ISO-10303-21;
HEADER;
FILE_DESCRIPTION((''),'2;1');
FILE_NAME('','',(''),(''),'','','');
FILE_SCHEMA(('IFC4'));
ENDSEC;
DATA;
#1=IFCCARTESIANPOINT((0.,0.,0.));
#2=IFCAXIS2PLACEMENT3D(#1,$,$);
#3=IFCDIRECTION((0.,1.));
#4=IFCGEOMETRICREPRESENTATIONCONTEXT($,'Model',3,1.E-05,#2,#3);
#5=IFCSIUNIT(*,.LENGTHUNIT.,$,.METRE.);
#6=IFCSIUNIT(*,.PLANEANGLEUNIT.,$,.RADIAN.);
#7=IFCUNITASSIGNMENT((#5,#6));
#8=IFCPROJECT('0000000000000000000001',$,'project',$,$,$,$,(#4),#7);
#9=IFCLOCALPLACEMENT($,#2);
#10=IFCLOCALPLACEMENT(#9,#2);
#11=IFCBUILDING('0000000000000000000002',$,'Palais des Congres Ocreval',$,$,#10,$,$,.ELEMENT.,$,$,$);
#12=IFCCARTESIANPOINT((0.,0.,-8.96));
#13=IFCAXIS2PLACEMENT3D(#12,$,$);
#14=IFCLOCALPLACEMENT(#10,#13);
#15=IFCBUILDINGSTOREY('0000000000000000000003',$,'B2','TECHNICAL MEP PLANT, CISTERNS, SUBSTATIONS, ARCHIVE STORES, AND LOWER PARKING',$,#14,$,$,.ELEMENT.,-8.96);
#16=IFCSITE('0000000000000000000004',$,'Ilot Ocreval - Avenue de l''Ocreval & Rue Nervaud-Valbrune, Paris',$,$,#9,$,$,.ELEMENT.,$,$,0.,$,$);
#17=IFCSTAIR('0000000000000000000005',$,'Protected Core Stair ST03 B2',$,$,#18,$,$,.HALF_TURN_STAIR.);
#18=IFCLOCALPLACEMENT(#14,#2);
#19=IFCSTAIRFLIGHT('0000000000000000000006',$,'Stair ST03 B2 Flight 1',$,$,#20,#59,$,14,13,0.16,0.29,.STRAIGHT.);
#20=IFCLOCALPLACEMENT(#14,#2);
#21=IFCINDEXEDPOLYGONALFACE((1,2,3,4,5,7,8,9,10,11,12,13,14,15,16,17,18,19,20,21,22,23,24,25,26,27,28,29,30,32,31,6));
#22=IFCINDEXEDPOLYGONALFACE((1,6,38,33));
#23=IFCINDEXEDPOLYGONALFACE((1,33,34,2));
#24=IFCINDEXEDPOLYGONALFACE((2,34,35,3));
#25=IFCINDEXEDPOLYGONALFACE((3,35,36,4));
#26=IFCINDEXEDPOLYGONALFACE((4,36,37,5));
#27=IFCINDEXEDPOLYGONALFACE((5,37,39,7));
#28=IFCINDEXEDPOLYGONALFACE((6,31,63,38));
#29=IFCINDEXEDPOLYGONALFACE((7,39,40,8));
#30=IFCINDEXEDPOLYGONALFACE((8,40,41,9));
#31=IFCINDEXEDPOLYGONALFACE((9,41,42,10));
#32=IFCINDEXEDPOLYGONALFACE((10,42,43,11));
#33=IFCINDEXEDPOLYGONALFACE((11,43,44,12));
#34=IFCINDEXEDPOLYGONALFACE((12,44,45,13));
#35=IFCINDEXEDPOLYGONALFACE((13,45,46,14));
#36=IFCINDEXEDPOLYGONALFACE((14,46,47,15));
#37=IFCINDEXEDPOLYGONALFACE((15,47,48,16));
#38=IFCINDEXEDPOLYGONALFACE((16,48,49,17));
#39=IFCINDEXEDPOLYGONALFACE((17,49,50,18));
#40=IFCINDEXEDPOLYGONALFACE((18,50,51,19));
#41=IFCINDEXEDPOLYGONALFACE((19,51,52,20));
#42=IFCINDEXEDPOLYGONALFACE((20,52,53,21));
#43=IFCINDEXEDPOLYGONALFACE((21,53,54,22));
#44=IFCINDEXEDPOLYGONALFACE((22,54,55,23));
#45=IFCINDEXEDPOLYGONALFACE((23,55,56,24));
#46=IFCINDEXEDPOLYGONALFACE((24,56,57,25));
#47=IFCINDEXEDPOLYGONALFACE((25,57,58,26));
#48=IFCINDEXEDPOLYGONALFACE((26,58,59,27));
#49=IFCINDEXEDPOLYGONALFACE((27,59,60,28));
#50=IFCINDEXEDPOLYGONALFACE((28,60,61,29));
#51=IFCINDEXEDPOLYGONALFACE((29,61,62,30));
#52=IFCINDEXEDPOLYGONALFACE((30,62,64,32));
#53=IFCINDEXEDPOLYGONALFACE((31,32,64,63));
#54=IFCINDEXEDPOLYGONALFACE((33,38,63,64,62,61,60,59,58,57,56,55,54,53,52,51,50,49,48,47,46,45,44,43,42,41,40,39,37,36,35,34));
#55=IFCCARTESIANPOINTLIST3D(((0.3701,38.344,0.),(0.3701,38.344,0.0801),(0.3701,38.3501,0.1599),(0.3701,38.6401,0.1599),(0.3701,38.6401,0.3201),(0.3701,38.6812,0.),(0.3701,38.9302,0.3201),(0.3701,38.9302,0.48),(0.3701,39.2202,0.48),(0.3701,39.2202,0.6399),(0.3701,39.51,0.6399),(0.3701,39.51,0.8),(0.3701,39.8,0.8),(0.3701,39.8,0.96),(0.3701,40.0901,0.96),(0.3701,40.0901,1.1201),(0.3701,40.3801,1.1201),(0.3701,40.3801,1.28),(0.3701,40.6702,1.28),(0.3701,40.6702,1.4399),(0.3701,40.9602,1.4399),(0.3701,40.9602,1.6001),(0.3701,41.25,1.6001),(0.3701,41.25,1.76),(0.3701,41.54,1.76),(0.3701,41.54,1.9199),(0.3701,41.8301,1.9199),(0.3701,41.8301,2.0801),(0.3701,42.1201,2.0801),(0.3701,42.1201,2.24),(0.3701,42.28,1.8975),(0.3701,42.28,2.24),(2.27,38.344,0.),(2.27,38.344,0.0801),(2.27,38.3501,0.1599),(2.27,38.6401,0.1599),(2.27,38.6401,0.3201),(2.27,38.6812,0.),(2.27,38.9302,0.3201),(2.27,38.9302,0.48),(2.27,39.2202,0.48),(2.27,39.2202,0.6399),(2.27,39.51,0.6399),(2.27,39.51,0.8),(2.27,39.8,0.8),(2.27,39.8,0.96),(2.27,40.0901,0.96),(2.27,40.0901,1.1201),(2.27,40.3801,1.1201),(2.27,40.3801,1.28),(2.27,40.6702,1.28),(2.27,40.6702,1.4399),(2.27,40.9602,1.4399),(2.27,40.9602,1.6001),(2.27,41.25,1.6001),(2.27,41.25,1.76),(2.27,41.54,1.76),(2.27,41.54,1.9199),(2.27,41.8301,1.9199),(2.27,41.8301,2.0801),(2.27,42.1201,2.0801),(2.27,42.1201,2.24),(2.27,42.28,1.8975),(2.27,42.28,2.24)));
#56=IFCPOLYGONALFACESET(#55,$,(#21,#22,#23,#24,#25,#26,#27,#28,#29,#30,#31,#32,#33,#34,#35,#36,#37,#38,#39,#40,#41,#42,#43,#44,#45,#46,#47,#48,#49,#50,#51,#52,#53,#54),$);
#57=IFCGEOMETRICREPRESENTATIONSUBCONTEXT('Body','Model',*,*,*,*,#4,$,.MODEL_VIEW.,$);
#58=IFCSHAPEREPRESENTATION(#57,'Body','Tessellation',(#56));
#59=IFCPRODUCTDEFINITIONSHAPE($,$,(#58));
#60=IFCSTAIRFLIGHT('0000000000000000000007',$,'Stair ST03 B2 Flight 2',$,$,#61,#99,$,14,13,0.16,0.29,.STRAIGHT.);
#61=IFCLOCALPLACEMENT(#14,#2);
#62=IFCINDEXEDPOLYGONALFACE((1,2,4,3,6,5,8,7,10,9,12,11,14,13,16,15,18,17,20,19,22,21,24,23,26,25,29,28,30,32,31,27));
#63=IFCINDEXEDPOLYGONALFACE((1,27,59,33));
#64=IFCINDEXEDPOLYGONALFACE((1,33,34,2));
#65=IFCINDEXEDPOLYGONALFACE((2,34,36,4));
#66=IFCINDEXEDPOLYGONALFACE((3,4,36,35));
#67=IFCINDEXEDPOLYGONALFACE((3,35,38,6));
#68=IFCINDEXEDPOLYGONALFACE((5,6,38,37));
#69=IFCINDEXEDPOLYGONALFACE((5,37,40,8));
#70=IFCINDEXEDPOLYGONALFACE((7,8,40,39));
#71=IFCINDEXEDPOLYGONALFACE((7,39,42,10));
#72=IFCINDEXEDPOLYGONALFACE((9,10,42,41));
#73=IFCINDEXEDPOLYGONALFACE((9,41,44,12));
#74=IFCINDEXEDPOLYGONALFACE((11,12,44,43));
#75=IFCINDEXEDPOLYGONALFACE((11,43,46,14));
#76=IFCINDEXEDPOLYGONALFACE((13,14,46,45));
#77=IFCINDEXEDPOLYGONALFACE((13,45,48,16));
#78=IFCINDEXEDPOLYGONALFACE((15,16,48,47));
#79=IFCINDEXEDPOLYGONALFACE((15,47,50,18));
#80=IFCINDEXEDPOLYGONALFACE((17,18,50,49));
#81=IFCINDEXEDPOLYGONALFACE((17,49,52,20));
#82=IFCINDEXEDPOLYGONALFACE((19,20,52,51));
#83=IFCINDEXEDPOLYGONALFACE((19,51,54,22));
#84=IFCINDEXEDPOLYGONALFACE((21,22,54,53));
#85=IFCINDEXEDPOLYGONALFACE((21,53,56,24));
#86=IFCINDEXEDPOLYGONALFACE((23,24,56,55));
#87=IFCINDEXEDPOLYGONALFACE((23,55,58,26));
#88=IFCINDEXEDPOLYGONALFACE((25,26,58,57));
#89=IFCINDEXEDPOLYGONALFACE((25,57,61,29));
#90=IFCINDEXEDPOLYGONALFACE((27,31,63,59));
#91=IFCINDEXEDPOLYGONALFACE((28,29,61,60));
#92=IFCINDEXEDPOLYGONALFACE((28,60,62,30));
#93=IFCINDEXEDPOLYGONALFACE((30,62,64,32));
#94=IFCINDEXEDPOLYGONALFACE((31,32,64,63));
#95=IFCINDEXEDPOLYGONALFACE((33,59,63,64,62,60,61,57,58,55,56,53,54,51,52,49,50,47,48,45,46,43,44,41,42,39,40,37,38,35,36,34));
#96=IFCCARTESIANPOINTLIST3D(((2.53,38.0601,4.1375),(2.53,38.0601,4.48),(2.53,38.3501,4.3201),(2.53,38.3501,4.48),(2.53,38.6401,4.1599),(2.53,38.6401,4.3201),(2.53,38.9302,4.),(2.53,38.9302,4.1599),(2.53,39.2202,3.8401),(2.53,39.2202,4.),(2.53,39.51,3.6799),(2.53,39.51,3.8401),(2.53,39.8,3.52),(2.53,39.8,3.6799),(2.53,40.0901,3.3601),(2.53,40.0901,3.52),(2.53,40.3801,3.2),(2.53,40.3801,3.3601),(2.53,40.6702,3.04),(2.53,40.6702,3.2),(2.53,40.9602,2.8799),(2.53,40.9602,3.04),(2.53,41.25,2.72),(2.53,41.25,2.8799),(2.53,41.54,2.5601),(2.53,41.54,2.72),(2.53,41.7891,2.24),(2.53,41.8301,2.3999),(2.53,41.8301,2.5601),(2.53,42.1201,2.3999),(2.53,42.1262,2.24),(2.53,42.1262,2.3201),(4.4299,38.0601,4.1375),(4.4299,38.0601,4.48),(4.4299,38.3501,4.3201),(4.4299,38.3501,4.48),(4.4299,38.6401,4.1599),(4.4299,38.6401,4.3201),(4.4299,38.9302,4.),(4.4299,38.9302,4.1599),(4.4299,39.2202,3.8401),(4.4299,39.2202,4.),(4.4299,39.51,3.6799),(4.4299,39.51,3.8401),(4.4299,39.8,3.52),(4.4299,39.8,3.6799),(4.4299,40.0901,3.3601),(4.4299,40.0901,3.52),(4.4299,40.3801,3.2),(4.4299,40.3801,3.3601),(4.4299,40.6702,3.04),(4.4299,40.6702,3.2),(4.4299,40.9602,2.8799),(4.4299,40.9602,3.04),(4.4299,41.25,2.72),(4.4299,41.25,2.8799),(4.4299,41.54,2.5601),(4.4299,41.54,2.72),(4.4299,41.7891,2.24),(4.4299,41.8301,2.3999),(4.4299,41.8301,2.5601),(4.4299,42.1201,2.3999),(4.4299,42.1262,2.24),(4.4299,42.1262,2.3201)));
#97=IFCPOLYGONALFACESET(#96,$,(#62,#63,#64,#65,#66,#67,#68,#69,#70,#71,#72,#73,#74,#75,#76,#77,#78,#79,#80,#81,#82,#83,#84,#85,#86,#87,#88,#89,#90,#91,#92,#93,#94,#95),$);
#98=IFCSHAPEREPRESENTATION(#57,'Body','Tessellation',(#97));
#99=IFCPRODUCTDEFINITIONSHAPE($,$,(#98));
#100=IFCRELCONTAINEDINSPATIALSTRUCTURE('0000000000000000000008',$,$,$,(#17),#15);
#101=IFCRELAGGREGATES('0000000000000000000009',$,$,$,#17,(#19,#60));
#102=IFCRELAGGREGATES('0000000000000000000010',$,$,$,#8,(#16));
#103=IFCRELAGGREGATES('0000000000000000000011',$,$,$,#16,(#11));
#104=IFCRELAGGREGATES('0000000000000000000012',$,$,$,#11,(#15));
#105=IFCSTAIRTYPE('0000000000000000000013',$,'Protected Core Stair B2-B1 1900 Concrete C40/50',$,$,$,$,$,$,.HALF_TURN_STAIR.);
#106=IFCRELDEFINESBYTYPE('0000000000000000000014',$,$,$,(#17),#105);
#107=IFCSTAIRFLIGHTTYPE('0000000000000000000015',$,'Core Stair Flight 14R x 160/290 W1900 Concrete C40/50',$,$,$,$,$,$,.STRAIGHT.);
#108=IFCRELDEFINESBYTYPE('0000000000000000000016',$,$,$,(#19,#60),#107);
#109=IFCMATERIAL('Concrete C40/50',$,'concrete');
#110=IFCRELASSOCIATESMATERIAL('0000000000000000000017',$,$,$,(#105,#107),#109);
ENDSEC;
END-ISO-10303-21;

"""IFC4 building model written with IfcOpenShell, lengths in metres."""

from ifc_helpers import new_model, si_unit, direction, frame, origin, place, context, subcontext, project, spatial, polyline, outline, extrude, material, type_object, element, aggregate, save


model = new_model("IFC4")

# Units and contexts
model_context = context("Model", 3, precision=1e-05, world=origin(), true_north=direction((0.0, 1.0)))
body_context = subcontext(model_context, "Body", "Model", "MODEL_VIEW")
ifc_project = project(units=[si_unit("LENGTHUNIT", "METRE"), si_unit("PLANEANGLEUNIT", "RADIAN")], contexts=[model_context])

# Site, building, storey
site_placement = place(None, origin())
site = spatial("IfcSite", under=ifc_project, at=site_placement, Name="Ilot Ocreval - Avenue de l'Ocreval & Rue Nervaud-Valbrune, Paris", CompositionType="ELEMENT", RefElevation=0.0)
building_placement = place(site_placement, origin())
building = spatial("IfcBuilding", under=site, at=building_placement, Name="Palais des Congres Ocreval", CompositionType="ELEMENT")
storey_placement = place(building_placement, frame((0.0, 0.0, -8.96)))
storey = spatial("IfcBuildingStorey", under=building, at=storey_placement, Name="B2", Description="TECHNICAL MEP PLANT, CISTERNS, SUBSTATIONS, ARCHIVE STORES, AND LOWER PARKING", CompositionType="ELEMENT", Elevation=-8.96)

# Shared definitions
ifc_material_1 = material(Name="Concrete C40/50", Category="concrete")

# Stair, stair flights
stair_type = type_object("IfcStairType", Name="Protected Core Stair B2-B1 1900 Concrete C40/50", PredefinedType="HALF_TURN_STAIR", material=ifc_material_1)
stair_placement = place(storey_placement, origin())
stair = element("IfcStair", 1, at=stair_placement, inside=storey, type_object=stair_type, Name="Protected Core Stair ST03 B2", PredefinedType="HALF_TURN_STAIR")
stair_flight_type = type_object("IfcStairFlightType", Name="Core Stair Flight 14R x 160/290 W1900 Concrete C40/50", PredefinedType="STRAIGHT", material=ifc_material_1)
stair_flight_1_placement = place(storey_placement, frame((1.3201, 38.3501, 0.0), z_axis=(0.0, 0.0, 1.0), x_axis=(0.0, 1.0, 0.0)))
stair_flight_1 = element("IfcStairFlight", 2, at=stair_flight_1_placement, type_object=stair_flight_type, Name="Stair ST03 B2 Flight 1", NumberOfRisers=14, NumberOfTreads=13, PredefinedType="STRAIGHT", RiserHeight=0.16, TreadLength=0.29, context=body_context, shape_type="SweptSolid", body=[
    extrude(outline(polyline([(-0.0061, 0.0), (-0.0061, 0.0801), (0.0, 0.1599), (0.29, 0.1599), (0.29, 0.3201), (0.5801, 0.3201), (0.5801, 0.48), (0.8701, 0.48), (0.8701, 0.6399), (1.1599, 0.6399), (1.1599, 0.8), (1.45, 0.8), (1.45, 0.96), (1.74, 0.96), (1.74, 1.1201), (2.03, 1.1201), (2.03, 1.28), (2.3201, 1.28), (2.3201, 1.4399), (2.6101, 1.4399), (2.6101, 1.6001), (2.8999, 1.6001), (2.8999, 1.76), (3.1899, 1.76), (3.1899, 1.9199), (3.48, 1.9199), (3.48, 2.0801), (3.77, 2.0801), (3.77, 2.24), (3.9299, 2.24), (3.9299, 1.8975), (0.3311, 0.0), (-0.0061, 0.0)])), frame((0.0, 0.95, 0.0), z_axis=(0.0, -1.0, 0.0), x_axis=(1.0, 0.0, 0.0)), (0.0, 0.0, 1.0), 1.8999),
])
stair_flight_2_placement = place(storey_placement, frame((3.48, 42.1201, 2.24), z_axis=(0.0, 0.0, 1.0), x_axis=(0.0, -1.0, 0.0)))
stair_flight_2 = element("IfcStairFlight", 3, at=stair_flight_2_placement, type_object=stair_flight_type, Name="Stair ST03 B2 Flight 2", NumberOfRisers=14, NumberOfTreads=13, PredefinedType="STRAIGHT", RiserHeight=0.16, TreadLength=0.29, context=body_context, shape_type="SweptSolid", body=[
    extrude(outline(polyline([(-0.0061, 0.0), (-0.0061, 0.0801), (0.0, 0.1599), (0.29, 0.1599), (0.29, 0.3201), (0.5801, 0.3201), (0.5801, 0.48), (0.8701, 0.48), (0.8701, 0.6399), (1.1599, 0.6399), (1.1599, 0.8), (1.45, 0.8), (1.45, 0.96), (1.74, 0.96), (1.74, 1.1201), (2.03, 1.1201), (2.03, 1.28), (2.3201, 1.28), (2.3201, 1.4399), (2.6101, 1.4399), (2.6101, 1.6001), (2.8999, 1.6001), (2.8999, 1.76), (3.1899, 1.76), (3.1899, 1.9199), (3.48, 1.9199), (3.48, 2.0801), (3.77, 2.0801), (3.77, 2.24), (4.0601, 2.24), (4.0601, 1.8975), (0.3311, 0.0), (-0.0061, 0.0)])), frame((0.0, 0.95, 0.0), z_axis=(0.0, -1.0, 0.0), x_axis=(1.0, 0.0, 0.0)), (0.0, 0.0, 1.0), 1.8999),
])
aggregate(stair, [stair_flight_1, stair_flight_2])

save(model, "model.ifc")
